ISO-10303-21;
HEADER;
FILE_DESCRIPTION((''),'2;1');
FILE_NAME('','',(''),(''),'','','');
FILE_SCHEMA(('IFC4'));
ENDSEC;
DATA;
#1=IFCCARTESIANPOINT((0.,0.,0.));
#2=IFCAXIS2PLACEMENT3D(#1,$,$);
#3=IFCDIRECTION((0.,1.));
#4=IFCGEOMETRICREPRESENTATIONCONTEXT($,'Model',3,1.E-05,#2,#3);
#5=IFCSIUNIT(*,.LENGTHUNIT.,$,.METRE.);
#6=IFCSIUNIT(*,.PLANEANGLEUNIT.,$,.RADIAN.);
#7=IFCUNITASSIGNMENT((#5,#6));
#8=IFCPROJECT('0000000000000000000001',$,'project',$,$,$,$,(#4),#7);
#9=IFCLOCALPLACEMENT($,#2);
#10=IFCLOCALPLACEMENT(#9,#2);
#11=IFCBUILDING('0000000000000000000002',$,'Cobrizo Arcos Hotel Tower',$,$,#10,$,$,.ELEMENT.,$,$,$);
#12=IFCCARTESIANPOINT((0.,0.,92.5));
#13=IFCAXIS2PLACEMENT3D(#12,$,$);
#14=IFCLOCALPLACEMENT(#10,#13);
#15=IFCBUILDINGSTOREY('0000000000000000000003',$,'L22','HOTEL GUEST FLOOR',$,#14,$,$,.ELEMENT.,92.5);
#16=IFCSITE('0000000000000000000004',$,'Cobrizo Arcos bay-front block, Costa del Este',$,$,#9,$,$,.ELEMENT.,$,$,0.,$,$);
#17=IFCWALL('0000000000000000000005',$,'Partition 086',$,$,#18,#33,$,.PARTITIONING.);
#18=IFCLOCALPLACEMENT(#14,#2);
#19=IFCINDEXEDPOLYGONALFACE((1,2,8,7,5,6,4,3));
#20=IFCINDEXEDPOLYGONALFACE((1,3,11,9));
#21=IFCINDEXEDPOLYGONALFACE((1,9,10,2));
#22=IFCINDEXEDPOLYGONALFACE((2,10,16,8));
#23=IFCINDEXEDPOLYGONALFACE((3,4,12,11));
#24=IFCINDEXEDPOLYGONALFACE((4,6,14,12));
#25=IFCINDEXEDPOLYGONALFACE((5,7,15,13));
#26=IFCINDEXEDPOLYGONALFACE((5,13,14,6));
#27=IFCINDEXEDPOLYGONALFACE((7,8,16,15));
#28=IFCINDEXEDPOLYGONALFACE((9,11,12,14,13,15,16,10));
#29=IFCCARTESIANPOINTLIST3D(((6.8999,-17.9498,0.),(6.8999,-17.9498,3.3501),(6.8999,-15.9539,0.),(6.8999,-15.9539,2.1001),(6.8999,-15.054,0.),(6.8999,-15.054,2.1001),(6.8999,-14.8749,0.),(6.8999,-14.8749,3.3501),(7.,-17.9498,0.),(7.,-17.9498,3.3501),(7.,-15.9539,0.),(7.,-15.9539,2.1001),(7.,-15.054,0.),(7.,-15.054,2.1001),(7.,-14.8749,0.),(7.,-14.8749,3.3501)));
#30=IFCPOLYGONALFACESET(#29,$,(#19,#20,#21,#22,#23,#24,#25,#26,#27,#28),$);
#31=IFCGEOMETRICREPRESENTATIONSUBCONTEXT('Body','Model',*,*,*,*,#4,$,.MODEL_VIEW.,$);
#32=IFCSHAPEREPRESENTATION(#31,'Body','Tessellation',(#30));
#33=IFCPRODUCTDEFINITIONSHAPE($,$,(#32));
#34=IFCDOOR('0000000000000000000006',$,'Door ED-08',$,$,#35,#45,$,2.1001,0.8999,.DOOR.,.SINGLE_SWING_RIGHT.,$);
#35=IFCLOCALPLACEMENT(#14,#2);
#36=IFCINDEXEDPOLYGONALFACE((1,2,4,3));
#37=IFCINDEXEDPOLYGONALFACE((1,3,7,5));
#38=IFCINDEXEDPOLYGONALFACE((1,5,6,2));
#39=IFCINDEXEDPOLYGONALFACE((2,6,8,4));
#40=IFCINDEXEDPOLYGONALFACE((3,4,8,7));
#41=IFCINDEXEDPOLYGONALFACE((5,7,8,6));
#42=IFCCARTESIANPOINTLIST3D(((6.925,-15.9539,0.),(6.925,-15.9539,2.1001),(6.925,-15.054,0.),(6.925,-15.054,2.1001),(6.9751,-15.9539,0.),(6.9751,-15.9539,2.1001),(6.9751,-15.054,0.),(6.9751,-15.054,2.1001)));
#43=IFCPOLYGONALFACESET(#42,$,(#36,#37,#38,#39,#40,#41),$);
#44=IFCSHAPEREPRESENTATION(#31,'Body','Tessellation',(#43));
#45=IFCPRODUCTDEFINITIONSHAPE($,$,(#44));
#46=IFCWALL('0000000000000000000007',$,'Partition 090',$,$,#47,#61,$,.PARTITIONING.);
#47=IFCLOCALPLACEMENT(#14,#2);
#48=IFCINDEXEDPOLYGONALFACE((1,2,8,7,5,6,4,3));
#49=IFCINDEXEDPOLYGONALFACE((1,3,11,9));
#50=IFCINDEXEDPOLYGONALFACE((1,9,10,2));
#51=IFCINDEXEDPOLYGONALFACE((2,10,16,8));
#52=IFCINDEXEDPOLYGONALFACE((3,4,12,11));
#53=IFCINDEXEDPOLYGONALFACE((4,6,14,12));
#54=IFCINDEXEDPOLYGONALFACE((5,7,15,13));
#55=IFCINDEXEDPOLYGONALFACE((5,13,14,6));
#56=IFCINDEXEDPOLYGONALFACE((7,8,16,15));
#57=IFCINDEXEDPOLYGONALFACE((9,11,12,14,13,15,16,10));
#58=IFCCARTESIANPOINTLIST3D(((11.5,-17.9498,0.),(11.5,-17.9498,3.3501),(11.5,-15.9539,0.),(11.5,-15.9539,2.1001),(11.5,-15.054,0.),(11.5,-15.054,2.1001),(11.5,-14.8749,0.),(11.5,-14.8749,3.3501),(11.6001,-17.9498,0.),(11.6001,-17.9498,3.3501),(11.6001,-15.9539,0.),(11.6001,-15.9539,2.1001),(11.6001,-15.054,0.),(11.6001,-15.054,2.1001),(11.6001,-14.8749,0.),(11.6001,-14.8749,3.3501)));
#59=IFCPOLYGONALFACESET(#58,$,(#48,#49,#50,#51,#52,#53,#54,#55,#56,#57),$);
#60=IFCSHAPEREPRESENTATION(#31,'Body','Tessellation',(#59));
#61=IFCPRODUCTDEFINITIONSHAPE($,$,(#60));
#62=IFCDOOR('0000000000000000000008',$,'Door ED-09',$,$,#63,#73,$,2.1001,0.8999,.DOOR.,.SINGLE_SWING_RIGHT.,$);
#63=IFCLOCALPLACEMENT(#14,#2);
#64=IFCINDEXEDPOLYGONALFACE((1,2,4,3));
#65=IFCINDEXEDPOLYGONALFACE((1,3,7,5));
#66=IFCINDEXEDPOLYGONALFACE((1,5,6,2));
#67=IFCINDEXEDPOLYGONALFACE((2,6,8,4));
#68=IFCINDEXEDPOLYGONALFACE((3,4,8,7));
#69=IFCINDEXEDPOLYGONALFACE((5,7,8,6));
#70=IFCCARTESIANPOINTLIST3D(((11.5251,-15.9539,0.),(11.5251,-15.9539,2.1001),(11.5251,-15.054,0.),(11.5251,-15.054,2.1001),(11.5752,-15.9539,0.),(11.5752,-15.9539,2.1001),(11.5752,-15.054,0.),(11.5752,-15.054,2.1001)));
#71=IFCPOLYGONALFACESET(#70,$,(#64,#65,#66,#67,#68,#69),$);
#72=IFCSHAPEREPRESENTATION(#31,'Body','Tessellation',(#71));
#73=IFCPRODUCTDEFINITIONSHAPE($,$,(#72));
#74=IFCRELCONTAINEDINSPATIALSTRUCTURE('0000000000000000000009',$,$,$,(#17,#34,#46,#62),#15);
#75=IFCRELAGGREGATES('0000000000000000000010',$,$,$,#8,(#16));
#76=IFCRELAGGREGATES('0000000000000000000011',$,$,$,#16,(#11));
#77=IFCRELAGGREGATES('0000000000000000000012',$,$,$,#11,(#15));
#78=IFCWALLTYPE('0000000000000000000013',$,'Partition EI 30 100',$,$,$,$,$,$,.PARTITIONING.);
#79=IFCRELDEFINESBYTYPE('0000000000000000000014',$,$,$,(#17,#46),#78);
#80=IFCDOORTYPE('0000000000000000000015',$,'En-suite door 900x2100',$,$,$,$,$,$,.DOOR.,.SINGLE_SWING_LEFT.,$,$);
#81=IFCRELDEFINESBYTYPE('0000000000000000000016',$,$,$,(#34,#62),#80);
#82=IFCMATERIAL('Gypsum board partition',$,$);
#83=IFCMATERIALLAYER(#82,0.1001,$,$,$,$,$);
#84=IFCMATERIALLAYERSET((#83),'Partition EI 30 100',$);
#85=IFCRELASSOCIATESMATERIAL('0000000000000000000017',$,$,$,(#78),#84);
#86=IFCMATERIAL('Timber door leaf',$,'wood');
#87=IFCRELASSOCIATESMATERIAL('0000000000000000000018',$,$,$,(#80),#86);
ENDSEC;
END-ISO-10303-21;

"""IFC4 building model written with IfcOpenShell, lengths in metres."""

from ifc_helpers import new_model, si_unit, direction, frame, frame_2d, origin, place, context, subcontext, project, spatial, rectangle, extrude, material, layer, layer_set, type_object, element, fill, save


model = new_model("IFC4")

# Units and contexts
model_context = context("Model", 3, precision=1e-05, world=origin(), true_north=direction((0.0, 1.0)))
body_context = subcontext(model_context, "Body", "Model", "MODEL_VIEW")
ifc_project = project(units=[si_unit("LENGTHUNIT", "METRE"), si_unit("PLANEANGLEUNIT", "RADIAN")], contexts=[model_context])

# Site, building, storey
site_placement = place(None, origin())
site = spatial("IfcSite", under=ifc_project, at=site_placement, Name="Cobrizo Arcos bay-front block, Costa del Este", CompositionType="ELEMENT", RefElevation=0.0)
building_placement = place(site_placement, origin())
building = spatial("IfcBuilding", under=site, at=building_placement, Name="Cobrizo Arcos Hotel Tower", CompositionType="ELEMENT")
storey_placement = place(building_placement, frame((0.0, 0.0, 92.5)))
storey = spatial("IfcBuildingStorey", under=building, at=storey_placement, Name="L22", Description="HOTEL GUEST FLOOR", CompositionType="ELEMENT", Elevation=92.5)

# Shared definitions
ifc_material_1 = material(Name="Gypsum board partition")

# Shared definitions
ifc_material_2 = material(Name="Timber door leaf", Category="wood")

# Shared definitions
ifc_layer_1 = layer(ifc_material_1, 0.1001)
ifc_layer_set_1 = layer_set([ifc_layer_1], Name="Partition EI 30 100")
wall_type_1 = type_object("IfcWallType", Name="Partition EI 30 100", PredefinedType="PARTITIONING", material=ifc_layer_set_1)

# Walls, openings, doors
wall_1_placement = place(storey_placement, frame((6.95, -17.95, 0.0), z_axis=(0.0, 0.0, 1.0), x_axis=(0.0, 1.0, 0.0)))
wall_1 = element("IfcWall", 1, at=wall_1_placement, inside=storey, type_object=wall_type_1, Name="Partition 086", PredefinedType="PARTITIONING", context=body_context, shape_type="SweptSolid", body=[
    extrude(rectangle(XDim=3.075, YDim=0.1001, at=frame_2d((1.5376, 0.0))), origin(), (0.0, 0.0, 1.0), 3.3501),
])
opening_1_placement = place(wall_1_placement, frame((1.9961, 0.0, 0.0)))
opening_1 = element("IfcOpeningElement", 2, at=opening_1_placement, cuts=wall_1, PredefinedType="OPENING", context=body_context, shape_type="SweptSolid", body=[
    extrude(rectangle(XDim=0.8999, YDim=2.1001, at=frame_2d((0.45, 1.05))), frame((0.0, 0.062, 0.0), z_axis=(0.0, -1.0, 0.0), x_axis=(1.0, 0.0, 0.0)), (0.0, 0.0, 1.0), 0.124),
])
door_type_1 = type_object("IfcDoorType", Name="En-suite door 900x2100", OperationType="SINGLE_SWING_LEFT", PredefinedType="DOOR", material=ifc_material_2)
door_1_placement = place(opening_1_placement, origin())
door_1 = element("IfcDoor", 3, at=door_1_placement, inside=storey, type_object=door_type_1, Name="Door ED-08", OperationType="SINGLE_SWING_RIGHT", OverallHeight=2.1001, OverallWidth=0.8999, PredefinedType="DOOR", context=body_context, shape_type="SweptSolid", body=[
    extrude(rectangle(XDim=0.8999, YDim=2.1001, at=frame_2d((0.45, 1.05))), frame((0.0, 0.0249, 0.0), z_axis=(0.0, -1.0, 0.0), x_axis=(1.0, 0.0, 0.0)), (0.0, 0.0, 1.0), 0.05),
])
fill(opening_1, door_1)
wall_2_placement = place(storey_placement, frame((11.55, -17.95, 0.0), z_axis=(0.0, 0.0, 1.0), x_axis=(0.0, 1.0, 0.0)))
wall_2 = element("IfcWall", 4, at=wall_2_placement, inside=storey, type_object=wall_type_1, Name="Partition 090", PredefinedType="PARTITIONING", context=body_context, shape_type="SweptSolid", body=[
    extrude(rectangle(XDim=3.075, YDim=0.1001, at=frame_2d((1.5376, 0.0))), origin(), (0.0, 0.0, 1.0), 3.3501),
])
opening_2_placement = place(wall_2_placement, frame((1.9961, 0.0, 0.0)))
opening_2 = element("IfcOpeningElement", 5, at=opening_2_placement, cuts=wall_2, PredefinedType="OPENING", context=body_context, shape_type="SweptSolid", body=[
    extrude(rectangle(XDim=0.8999, YDim=2.1001, at=frame_2d((0.45, 1.05))), frame((0.0, 0.062, 0.0), z_axis=(0.0, -1.0, 0.0), x_axis=(1.0, 0.0, 0.0)), (0.0, 0.0, 1.0), 0.124),
])
door_2_placement = place(opening_2_placement, origin())
door_2 = element("IfcDoor", 6, at=door_2_placement, inside=storey, type_object=door_type_1, Name="Door ED-09", OperationType="SINGLE_SWING_RIGHT", OverallHeight=2.1001, OverallWidth=0.8999, PredefinedType="DOOR", context=body_context, shape_type="SweptSolid", body=[
    extrude(rectangle(XDim=0.8999, YDim=2.1001, at=frame_2d((0.45, 1.05))), frame((0.0, 0.0249, 0.0), z_axis=(0.0, -1.0, 0.0), x_axis=(1.0, 0.0, 0.0)), (0.0, 0.0, 1.0), 0.05),
])
fill(opening_2, door_2)

save(model, "model.ifc")
